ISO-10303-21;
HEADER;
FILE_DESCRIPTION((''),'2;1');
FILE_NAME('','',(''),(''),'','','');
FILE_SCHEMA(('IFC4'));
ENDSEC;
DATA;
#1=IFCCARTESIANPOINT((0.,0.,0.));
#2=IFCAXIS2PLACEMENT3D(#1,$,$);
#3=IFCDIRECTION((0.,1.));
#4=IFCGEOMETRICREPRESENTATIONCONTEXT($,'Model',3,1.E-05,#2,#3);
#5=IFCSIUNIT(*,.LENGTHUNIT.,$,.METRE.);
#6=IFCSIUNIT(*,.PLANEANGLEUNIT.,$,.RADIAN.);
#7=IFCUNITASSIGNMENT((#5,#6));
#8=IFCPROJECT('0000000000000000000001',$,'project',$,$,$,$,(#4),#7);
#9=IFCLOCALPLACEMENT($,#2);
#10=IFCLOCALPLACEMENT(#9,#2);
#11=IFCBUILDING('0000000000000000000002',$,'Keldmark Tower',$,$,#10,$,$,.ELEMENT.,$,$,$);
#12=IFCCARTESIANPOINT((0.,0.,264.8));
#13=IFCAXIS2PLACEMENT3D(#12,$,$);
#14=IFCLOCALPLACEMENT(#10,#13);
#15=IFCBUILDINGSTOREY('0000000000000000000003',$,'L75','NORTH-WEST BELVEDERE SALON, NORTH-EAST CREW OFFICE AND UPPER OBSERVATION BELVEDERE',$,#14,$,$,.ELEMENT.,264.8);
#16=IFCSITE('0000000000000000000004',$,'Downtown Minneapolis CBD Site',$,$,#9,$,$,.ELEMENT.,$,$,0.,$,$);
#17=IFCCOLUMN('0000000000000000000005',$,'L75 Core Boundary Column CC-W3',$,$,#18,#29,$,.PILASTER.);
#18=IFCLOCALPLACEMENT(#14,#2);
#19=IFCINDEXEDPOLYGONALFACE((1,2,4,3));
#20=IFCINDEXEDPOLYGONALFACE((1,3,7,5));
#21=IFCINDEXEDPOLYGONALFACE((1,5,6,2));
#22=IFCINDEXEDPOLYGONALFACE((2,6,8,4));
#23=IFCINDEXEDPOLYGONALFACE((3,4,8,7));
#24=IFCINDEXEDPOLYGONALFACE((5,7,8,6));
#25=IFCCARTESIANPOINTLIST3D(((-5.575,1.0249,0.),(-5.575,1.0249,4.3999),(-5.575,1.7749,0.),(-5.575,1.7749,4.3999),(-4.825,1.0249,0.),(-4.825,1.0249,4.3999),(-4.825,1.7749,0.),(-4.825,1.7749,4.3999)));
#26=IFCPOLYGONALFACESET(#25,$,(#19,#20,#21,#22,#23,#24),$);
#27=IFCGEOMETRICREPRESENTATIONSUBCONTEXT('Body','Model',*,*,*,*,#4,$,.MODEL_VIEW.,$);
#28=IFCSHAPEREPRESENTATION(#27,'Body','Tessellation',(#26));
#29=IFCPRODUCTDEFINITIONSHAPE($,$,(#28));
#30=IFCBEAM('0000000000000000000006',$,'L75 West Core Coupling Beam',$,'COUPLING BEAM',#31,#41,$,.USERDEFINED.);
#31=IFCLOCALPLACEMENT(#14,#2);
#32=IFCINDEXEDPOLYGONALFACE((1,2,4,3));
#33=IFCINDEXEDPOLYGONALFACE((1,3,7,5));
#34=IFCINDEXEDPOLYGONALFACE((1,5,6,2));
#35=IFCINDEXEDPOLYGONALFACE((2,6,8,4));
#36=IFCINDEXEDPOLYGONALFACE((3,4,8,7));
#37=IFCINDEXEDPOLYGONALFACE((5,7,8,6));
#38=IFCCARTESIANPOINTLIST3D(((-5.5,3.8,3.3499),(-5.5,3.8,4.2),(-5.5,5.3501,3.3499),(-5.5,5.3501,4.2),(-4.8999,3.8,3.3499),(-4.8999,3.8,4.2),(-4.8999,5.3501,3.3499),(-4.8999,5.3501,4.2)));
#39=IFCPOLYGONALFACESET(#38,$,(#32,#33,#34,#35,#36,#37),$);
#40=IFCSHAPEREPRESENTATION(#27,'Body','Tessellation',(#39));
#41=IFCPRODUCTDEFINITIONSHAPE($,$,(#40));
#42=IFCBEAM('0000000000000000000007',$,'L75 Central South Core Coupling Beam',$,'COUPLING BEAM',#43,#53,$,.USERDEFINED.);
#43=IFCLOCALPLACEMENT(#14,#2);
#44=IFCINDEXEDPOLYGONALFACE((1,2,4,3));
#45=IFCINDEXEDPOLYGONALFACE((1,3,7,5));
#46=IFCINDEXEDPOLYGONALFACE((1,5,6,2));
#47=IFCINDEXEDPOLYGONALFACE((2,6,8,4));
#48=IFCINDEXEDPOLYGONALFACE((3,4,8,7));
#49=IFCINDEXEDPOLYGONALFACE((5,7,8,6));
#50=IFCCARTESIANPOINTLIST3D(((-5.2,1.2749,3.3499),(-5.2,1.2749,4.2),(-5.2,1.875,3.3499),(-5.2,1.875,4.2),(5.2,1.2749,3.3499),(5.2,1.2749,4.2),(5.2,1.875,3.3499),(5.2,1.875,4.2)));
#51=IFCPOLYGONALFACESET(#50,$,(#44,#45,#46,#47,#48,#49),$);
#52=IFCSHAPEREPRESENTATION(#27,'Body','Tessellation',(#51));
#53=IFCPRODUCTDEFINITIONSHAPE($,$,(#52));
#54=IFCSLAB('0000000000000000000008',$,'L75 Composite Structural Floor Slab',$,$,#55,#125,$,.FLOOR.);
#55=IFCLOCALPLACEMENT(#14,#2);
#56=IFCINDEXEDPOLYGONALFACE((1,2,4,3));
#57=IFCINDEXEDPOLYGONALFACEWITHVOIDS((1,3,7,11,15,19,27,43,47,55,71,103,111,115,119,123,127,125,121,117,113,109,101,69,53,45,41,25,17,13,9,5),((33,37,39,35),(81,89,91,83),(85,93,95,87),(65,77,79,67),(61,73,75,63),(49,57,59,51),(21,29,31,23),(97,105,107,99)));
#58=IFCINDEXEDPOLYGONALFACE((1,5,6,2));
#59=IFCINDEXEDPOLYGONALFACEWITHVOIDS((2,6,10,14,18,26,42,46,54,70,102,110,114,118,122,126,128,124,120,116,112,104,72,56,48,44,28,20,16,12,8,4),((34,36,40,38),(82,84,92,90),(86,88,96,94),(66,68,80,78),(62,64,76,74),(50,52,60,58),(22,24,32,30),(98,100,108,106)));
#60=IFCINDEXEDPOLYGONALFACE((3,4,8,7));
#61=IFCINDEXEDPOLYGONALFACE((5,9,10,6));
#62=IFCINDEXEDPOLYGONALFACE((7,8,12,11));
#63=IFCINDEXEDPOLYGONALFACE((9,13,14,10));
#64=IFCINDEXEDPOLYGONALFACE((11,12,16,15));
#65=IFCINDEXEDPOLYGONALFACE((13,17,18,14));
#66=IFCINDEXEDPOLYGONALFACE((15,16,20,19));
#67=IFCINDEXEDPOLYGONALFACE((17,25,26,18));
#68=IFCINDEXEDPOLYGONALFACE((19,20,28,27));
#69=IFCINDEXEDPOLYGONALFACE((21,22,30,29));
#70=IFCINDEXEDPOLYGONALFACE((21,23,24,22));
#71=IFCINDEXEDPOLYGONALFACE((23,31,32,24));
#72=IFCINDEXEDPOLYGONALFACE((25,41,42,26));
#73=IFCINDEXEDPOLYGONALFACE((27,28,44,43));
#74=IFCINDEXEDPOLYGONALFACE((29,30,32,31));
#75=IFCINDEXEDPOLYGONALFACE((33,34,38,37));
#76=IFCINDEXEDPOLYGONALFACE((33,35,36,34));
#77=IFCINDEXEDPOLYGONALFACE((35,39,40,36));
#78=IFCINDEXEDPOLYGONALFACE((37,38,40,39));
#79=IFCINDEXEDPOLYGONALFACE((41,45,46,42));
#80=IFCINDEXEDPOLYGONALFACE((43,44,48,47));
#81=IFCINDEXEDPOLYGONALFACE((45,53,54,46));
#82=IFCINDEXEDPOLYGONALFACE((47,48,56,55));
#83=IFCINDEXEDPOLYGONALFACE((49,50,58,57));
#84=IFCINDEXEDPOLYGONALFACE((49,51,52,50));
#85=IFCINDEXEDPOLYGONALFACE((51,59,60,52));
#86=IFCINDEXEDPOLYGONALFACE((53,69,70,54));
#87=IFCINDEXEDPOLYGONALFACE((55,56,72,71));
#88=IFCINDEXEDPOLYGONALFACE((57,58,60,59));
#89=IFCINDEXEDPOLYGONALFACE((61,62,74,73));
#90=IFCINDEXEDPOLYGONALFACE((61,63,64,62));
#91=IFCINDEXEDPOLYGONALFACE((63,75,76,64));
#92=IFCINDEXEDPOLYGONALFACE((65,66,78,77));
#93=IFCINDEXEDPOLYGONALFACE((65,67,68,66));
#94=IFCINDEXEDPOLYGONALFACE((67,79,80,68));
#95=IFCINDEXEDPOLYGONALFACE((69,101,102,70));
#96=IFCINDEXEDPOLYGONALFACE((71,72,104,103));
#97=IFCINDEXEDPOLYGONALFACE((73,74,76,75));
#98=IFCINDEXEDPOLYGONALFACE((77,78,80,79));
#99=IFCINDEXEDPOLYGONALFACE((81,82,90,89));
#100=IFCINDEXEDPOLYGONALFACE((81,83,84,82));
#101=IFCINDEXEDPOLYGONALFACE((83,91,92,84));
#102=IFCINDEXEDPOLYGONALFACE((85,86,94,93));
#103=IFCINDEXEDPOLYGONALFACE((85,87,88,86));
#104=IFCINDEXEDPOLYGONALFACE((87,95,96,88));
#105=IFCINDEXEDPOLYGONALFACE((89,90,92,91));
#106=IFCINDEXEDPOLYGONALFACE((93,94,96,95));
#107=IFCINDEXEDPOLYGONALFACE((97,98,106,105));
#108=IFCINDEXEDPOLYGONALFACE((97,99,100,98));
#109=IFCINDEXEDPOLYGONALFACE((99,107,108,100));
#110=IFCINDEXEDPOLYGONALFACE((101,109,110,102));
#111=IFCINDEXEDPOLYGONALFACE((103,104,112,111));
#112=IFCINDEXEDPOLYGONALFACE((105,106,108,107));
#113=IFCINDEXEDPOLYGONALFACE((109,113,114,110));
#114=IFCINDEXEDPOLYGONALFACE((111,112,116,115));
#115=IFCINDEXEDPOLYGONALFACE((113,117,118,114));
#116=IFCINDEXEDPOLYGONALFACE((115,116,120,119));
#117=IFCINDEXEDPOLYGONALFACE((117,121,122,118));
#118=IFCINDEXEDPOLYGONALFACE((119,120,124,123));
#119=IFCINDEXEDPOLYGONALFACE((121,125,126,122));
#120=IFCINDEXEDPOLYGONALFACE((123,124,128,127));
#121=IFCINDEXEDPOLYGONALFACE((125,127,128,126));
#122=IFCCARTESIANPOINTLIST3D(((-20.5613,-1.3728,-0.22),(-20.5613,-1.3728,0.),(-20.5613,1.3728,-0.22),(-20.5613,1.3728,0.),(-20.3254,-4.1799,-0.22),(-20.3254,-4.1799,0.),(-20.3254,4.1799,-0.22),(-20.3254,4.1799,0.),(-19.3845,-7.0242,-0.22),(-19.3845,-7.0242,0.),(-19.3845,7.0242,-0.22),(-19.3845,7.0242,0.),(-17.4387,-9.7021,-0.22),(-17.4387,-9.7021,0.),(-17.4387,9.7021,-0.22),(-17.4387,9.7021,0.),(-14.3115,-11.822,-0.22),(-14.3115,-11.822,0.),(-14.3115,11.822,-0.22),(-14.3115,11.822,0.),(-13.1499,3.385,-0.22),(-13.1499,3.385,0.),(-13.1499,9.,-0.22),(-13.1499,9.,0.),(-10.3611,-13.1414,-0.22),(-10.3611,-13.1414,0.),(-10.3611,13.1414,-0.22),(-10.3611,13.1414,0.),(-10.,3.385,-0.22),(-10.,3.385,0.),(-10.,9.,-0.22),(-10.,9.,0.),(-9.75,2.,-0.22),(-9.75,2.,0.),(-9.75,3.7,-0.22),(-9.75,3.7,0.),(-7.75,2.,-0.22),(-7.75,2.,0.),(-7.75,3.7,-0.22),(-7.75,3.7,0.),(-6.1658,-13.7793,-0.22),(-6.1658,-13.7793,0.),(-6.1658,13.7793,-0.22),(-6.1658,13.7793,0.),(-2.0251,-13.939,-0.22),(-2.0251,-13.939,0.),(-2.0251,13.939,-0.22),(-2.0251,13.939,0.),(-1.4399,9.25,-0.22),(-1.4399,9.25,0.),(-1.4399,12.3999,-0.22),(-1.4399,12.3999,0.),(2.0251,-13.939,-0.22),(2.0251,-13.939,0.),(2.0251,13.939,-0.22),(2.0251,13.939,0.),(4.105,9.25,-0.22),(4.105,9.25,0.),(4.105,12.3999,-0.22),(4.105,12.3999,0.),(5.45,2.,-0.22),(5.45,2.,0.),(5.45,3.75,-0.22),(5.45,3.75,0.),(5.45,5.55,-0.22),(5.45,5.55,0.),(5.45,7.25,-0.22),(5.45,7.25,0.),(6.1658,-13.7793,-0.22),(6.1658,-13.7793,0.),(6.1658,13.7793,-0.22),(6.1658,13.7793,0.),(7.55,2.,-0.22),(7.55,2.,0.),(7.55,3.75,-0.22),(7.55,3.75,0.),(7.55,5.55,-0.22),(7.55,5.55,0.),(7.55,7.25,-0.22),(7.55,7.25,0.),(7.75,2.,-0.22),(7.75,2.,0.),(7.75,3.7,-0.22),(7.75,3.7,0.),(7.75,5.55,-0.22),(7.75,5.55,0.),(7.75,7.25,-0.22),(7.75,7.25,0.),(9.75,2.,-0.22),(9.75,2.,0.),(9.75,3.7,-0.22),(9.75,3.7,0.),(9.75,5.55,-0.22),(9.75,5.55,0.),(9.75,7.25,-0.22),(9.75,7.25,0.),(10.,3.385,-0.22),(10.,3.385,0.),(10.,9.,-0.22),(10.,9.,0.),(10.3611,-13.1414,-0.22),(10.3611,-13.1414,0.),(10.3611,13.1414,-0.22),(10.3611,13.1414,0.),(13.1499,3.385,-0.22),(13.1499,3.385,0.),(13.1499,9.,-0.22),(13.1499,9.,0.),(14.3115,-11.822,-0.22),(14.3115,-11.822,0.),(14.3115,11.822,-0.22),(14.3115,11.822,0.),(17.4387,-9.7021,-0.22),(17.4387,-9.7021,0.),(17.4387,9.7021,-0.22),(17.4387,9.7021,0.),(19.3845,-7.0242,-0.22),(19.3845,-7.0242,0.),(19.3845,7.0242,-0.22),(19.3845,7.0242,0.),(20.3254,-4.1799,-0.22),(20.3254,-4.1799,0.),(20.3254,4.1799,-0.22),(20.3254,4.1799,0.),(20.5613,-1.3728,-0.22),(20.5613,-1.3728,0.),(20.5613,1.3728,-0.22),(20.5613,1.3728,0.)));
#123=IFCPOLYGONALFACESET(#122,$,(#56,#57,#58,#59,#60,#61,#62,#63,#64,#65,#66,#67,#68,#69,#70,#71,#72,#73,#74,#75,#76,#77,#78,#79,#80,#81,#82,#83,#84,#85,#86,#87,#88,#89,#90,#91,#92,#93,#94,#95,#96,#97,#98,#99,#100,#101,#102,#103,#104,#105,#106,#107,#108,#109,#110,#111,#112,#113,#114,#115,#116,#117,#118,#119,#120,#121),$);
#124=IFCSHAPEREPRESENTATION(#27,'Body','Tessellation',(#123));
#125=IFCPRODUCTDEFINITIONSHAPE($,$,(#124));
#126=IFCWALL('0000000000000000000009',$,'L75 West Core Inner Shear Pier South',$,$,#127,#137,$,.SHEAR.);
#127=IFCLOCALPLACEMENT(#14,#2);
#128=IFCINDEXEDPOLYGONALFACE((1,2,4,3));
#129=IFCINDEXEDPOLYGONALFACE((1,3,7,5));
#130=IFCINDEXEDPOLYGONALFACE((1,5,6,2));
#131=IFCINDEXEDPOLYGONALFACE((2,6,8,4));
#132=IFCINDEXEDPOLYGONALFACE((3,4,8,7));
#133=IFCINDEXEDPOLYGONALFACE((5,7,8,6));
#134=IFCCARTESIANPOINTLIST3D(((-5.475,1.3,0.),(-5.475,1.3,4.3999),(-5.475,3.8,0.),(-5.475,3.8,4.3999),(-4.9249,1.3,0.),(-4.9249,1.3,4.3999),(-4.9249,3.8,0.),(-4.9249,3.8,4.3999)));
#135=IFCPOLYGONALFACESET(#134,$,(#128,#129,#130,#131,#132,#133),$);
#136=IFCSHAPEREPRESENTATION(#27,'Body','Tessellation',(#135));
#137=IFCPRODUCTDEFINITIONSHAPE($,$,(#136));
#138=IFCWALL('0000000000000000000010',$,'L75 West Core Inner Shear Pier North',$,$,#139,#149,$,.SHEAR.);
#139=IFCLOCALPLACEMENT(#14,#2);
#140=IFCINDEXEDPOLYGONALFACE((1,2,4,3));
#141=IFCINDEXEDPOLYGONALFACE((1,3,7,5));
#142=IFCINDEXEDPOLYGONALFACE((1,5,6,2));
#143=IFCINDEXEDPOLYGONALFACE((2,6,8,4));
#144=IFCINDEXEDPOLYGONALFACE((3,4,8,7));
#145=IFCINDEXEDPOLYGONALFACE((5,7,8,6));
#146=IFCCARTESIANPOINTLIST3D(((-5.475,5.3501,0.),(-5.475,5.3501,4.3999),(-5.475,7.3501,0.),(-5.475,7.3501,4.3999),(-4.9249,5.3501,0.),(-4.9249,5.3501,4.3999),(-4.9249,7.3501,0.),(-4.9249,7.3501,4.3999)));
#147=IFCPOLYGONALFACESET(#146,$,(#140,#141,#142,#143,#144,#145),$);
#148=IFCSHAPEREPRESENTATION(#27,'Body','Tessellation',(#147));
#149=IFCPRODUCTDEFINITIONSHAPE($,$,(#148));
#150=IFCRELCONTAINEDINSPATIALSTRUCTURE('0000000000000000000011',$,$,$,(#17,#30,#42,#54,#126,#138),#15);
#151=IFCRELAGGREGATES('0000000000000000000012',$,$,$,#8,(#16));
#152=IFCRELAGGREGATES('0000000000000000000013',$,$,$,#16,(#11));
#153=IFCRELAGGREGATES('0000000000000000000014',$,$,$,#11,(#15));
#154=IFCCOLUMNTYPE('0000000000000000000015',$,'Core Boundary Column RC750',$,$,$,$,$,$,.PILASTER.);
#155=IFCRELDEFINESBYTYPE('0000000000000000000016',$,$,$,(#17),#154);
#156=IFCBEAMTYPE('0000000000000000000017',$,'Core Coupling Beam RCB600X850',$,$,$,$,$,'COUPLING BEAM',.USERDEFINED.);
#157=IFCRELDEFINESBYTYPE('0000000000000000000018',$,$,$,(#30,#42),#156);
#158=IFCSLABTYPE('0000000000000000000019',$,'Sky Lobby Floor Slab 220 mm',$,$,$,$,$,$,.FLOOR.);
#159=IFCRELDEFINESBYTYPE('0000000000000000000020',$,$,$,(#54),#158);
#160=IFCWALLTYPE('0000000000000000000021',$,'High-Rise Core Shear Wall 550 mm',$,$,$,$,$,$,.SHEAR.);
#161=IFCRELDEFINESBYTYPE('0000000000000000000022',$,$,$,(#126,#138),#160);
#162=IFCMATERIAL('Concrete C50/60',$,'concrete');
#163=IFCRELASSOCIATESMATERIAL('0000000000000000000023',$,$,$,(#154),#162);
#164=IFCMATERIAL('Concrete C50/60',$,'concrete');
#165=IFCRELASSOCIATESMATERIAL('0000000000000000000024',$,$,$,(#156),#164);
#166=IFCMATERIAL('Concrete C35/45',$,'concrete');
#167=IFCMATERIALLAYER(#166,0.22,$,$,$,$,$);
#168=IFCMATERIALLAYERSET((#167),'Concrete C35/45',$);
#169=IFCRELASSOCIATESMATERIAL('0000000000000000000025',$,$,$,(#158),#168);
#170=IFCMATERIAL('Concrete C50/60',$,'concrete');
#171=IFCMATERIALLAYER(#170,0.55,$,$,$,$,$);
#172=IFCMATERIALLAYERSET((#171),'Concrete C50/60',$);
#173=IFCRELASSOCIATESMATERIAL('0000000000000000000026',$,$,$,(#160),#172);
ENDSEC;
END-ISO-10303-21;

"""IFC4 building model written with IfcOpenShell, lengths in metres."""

from ifc_helpers import new_model, si_unit, direction, frame, frame_2d, origin, origin_2d, place, context, subcontext, project, spatial, polyline, rectangle, outline, extrude, material, layer, layer_set, material_profile, profile_set, type_object, element, save


model = new_model("IFC4")

# Units and contexts
model_context = context("Model", 3, precision=1e-05, world=origin(), true_north=direction((0.0, 1.0)))
body_context = subcontext(model_context, "Body", "Model", "MODEL_VIEW")
ifc_project = project(units=[si_unit("LENGTHUNIT", "METRE"), si_unit("PLANEANGLEUNIT", "RADIAN")], contexts=[model_context])

# Site, building, storey
site_placement = place(None, origin())
site = spatial("IfcSite", under=ifc_project, at=site_placement, Name="Downtown Minneapolis CBD Site", CompositionType="ELEMENT", RefElevation=0.0)
building_placement = place(site_placement, origin())
building = spatial("IfcBuilding", under=site, at=building_placement, Name="Keldmark Tower", CompositionType="ELEMENT")
storey_placement = place(building_placement, frame((0.0, 0.0, 264.8)))
storey = spatial("IfcBuildingStorey", under=building, at=storey_placement, Name="L75", Description="NORTH-WEST BELVEDERE SALON, NORTH-EAST CREW OFFICE AND UPPER OBSERVATION BELVEDERE", CompositionType="ELEMENT", Elevation=264.8)

# Column
ifc_material_1 = material(Name="Concrete C50/60", Category="concrete")
ifc_material_profile_1 = material_profile(ifc_material_1, rectangle(XDim=0.75, YDim=0.75, at=origin_2d()), Name="RC750X750")
ifc_profile_set_1 = profile_set([ifc_material_profile_1], Name="Concrete C50/60")
column_type = type_object("IfcColumnType", Name="Core Boundary Column RC750", PredefinedType="PILASTER", material=ifc_profile_set_1)
column_placement = place(storey_placement, frame((-5.2, 1.3999, 0.0), z_axis=(0.0, 0.0, 1.0), x_axis=(1.0, 0.0, 0.0)))
element("IfcColumn", 1, at=column_placement, inside=storey, type_object=column_type, Name="L75 Core Boundary Column CC-W3", PredefinedType="PILASTER", context=body_context, shape_type="SweptSolid", body=[
    extrude(rectangle(XDim=0.75, YDim=0.75, at=origin_2d()), origin(), (0.0, 0.0, 1.0), 4.3999),
])

# Beams
ifc_material_2 = material(Name="Concrete C50/60", Category="concrete")
ifc_material_profile_2 = material_profile(ifc_material_2, rectangle(XDim=0.6001, YDim=0.8501, at=origin_2d()), Name="RCB600X850")
ifc_profile_set_2 = profile_set([ifc_material_profile_2], Name="Concrete C50/60")
beam_type = type_object("IfcBeamType", Name="Core Coupling Beam RCB600X850", ElementType="COUPLING BEAM", PredefinedType="USERDEFINED", material=ifc_profile_set_2)
beam_1_placement = place(storey_placement, frame((-5.2, 3.8, 3.7749), z_axis=(0.0, 1.0, 0.0), x_axis=(-1.0, 0.0, 0.0)))
element("IfcBeam", 2, at=beam_1_placement, inside=storey, type_object=beam_type, Name="L75 West Core Coupling Beam", ObjectType="COUPLING BEAM", PredefinedType="USERDEFINED", context=body_context, shape_type="SweptSolid", body=[
    extrude(rectangle(XDim=0.6001, YDim=0.8501, at=origin_2d()), origin(), (0.0, 0.0, 1.0), 1.55),
])
beam_2_placement = place(storey_placement, frame((-5.2, 1.575, 3.7749), z_axis=(1.0, 0.0, 0.0), x_axis=(0.0, 1.0, 0.0)))
element("IfcBeam", 3, at=beam_2_placement, inside=storey, type_object=beam_type, Name="L75 Central South Core Coupling Beam", ObjectType="COUPLING BEAM", PredefinedType="USERDEFINED", context=body_context, shape_type="SweptSolid", body=[
    extrude(rectangle(XDim=0.6001, YDim=0.8501, at=origin_2d()), origin(), (0.0, 0.0, 1.0), 10.3999),
])

# Slab
ifc_material_3 = material(Name="Concrete C35/45", Category="concrete")
ifc_layer_1 = layer(ifc_material_3, 0.22)
ifc_layer_set_1 = layer_set([ifc_layer_1], Name="Concrete C35/45")
slab_type = type_object("IfcSlabType", Name="Sky Lobby Floor Slab 220 mm", PredefinedType="FLOOR", material=ifc_layer_set_1)
slab_placement = place(storey_placement, frame((0.0, 0.0, -0.22)))
element("IfcSlab", 4, at=slab_placement, inside=storey, type_object=slab_type, Name="L75 Composite Structural Floor Slab", PredefinedType="FLOOR", context=body_context, shape_type="SweptSolid", body=[
    extrude(outline(polyline([(20.5613, 1.3728), (20.3254, 4.1799), (19.3845, 7.0242), (17.4387, 9.7021), (14.3115, 11.822), (10.3611, 13.1414), (6.1658, 13.7793), (2.0251, 13.939), (-2.0251, 13.939), (-6.1658, 13.7793), (-10.3611, 13.1414), (-14.3115, 11.822), (-17.4387, 9.7021), (-19.3845, 7.0242), (-20.3254, 4.1799), (-20.5613, 1.3728), (-20.5613, -1.3728), (-20.3254, -4.1799), (-19.3845, -7.0242), (-17.4387, -9.7021), (-14.3115, -11.822), (-10.3611, -13.1414), (-6.1658, -13.7793), (-2.0251, -13.939), (2.0251, -13.939), (6.1658, -13.7793), (10.3611, -13.1414), (14.3115, -11.822), (17.4387, -9.7021), (19.3845, -7.0242), (20.3254, -4.1799), (20.5613, -1.3728), (20.5613, 1.3728)]), holes=[polyline([(-10.0, 3.385), (-10.0, 9.0), (-13.1499, 9.0), (-13.1499, 3.385), (-10.0, 3.385)]), polyline([(13.1499, 3.385), (13.1499, 9.0), (10.0, 9.0), (10.0, 3.385), (13.1499, 3.385)]), polyline([(-1.4399, 9.25), (4.105, 9.25), (4.105, 12.3999), (-1.4399, 12.3999), (-1.4399, 9.25)]), polyline([(-9.75, 2.0), (-7.75, 2.0), (-7.75, 3.7), (-9.75, 3.7), (-9.75, 2.0)]), polyline([(7.75, 2.0), (9.75, 2.0), (9.75, 3.7), (7.75, 3.7), (7.75, 2.0)]), polyline([(5.45, 2.0), (7.55, 2.0), (7.55, 3.75), (5.45, 3.75), (5.45, 2.0)]), polyline([(5.45, 5.55), (7.55, 5.55), (7.55, 7.25), (5.45, 7.25), (5.45, 5.55)]), polyline([(7.75, 5.55), (9.75, 5.55), (9.75, 7.25), (7.75, 7.25), (7.75, 5.55)])]), origin(), (0.0, 0.0, 1.0), 0.22),
])

# Shared definitions
ifc_material_4 = material(Name="Concrete C50/60", Category="concrete")
ifc_layer_2 = layer(ifc_material_4, 0.55)
ifc_layer_set_2 = layer_set([ifc_layer_2], Name="Concrete C50/60")
wall_type_1 = type_object("IfcWallType", Name="High-Rise Core Shear Wall 550 mm", PredefinedType="SHEAR", material=ifc_layer_set_2)

# Walls
wall_1_placement = place(storey_placement, frame((-5.2, 1.3, 0.0), z_axis=(0.0, 0.0, 1.0), x_axis=(0.0, 1.0, 0.0)))
element("IfcWall", 5, at=wall_1_placement, inside=storey, type_object=wall_type_1, Name="L75 West Core Inner Shear Pier South", PredefinedType="SHEAR", context=body_context, shape_type="SweptSolid", body=[
    extrude(rectangle(XDim=2.5, YDim=0.55, at=frame_2d((1.25, 0.0))), origin(), (0.0, 0.0, 1.0), 4.3999),
])
wall_2_placement = place(storey_placement, frame((-5.2, 5.3501, 0.0), z_axis=(0.0, 0.0, 1.0), x_axis=(0.0, 1.0, 0.0)))
element("IfcWall", 6, at=wall_2_placement, inside=storey, type_object=wall_type_1, Name="L75 West Core Inner Shear Pier North", PredefinedType="SHEAR", context=body_context, shape_type="SweptSolid", body=[
    extrude(rectangle(XDim=2.0, YDim=0.55, at=frame_2d((1.0, 0.0))), origin(), (0.0, 0.0, 1.0), 4.3999),
])

save(model, "model.ifc")
